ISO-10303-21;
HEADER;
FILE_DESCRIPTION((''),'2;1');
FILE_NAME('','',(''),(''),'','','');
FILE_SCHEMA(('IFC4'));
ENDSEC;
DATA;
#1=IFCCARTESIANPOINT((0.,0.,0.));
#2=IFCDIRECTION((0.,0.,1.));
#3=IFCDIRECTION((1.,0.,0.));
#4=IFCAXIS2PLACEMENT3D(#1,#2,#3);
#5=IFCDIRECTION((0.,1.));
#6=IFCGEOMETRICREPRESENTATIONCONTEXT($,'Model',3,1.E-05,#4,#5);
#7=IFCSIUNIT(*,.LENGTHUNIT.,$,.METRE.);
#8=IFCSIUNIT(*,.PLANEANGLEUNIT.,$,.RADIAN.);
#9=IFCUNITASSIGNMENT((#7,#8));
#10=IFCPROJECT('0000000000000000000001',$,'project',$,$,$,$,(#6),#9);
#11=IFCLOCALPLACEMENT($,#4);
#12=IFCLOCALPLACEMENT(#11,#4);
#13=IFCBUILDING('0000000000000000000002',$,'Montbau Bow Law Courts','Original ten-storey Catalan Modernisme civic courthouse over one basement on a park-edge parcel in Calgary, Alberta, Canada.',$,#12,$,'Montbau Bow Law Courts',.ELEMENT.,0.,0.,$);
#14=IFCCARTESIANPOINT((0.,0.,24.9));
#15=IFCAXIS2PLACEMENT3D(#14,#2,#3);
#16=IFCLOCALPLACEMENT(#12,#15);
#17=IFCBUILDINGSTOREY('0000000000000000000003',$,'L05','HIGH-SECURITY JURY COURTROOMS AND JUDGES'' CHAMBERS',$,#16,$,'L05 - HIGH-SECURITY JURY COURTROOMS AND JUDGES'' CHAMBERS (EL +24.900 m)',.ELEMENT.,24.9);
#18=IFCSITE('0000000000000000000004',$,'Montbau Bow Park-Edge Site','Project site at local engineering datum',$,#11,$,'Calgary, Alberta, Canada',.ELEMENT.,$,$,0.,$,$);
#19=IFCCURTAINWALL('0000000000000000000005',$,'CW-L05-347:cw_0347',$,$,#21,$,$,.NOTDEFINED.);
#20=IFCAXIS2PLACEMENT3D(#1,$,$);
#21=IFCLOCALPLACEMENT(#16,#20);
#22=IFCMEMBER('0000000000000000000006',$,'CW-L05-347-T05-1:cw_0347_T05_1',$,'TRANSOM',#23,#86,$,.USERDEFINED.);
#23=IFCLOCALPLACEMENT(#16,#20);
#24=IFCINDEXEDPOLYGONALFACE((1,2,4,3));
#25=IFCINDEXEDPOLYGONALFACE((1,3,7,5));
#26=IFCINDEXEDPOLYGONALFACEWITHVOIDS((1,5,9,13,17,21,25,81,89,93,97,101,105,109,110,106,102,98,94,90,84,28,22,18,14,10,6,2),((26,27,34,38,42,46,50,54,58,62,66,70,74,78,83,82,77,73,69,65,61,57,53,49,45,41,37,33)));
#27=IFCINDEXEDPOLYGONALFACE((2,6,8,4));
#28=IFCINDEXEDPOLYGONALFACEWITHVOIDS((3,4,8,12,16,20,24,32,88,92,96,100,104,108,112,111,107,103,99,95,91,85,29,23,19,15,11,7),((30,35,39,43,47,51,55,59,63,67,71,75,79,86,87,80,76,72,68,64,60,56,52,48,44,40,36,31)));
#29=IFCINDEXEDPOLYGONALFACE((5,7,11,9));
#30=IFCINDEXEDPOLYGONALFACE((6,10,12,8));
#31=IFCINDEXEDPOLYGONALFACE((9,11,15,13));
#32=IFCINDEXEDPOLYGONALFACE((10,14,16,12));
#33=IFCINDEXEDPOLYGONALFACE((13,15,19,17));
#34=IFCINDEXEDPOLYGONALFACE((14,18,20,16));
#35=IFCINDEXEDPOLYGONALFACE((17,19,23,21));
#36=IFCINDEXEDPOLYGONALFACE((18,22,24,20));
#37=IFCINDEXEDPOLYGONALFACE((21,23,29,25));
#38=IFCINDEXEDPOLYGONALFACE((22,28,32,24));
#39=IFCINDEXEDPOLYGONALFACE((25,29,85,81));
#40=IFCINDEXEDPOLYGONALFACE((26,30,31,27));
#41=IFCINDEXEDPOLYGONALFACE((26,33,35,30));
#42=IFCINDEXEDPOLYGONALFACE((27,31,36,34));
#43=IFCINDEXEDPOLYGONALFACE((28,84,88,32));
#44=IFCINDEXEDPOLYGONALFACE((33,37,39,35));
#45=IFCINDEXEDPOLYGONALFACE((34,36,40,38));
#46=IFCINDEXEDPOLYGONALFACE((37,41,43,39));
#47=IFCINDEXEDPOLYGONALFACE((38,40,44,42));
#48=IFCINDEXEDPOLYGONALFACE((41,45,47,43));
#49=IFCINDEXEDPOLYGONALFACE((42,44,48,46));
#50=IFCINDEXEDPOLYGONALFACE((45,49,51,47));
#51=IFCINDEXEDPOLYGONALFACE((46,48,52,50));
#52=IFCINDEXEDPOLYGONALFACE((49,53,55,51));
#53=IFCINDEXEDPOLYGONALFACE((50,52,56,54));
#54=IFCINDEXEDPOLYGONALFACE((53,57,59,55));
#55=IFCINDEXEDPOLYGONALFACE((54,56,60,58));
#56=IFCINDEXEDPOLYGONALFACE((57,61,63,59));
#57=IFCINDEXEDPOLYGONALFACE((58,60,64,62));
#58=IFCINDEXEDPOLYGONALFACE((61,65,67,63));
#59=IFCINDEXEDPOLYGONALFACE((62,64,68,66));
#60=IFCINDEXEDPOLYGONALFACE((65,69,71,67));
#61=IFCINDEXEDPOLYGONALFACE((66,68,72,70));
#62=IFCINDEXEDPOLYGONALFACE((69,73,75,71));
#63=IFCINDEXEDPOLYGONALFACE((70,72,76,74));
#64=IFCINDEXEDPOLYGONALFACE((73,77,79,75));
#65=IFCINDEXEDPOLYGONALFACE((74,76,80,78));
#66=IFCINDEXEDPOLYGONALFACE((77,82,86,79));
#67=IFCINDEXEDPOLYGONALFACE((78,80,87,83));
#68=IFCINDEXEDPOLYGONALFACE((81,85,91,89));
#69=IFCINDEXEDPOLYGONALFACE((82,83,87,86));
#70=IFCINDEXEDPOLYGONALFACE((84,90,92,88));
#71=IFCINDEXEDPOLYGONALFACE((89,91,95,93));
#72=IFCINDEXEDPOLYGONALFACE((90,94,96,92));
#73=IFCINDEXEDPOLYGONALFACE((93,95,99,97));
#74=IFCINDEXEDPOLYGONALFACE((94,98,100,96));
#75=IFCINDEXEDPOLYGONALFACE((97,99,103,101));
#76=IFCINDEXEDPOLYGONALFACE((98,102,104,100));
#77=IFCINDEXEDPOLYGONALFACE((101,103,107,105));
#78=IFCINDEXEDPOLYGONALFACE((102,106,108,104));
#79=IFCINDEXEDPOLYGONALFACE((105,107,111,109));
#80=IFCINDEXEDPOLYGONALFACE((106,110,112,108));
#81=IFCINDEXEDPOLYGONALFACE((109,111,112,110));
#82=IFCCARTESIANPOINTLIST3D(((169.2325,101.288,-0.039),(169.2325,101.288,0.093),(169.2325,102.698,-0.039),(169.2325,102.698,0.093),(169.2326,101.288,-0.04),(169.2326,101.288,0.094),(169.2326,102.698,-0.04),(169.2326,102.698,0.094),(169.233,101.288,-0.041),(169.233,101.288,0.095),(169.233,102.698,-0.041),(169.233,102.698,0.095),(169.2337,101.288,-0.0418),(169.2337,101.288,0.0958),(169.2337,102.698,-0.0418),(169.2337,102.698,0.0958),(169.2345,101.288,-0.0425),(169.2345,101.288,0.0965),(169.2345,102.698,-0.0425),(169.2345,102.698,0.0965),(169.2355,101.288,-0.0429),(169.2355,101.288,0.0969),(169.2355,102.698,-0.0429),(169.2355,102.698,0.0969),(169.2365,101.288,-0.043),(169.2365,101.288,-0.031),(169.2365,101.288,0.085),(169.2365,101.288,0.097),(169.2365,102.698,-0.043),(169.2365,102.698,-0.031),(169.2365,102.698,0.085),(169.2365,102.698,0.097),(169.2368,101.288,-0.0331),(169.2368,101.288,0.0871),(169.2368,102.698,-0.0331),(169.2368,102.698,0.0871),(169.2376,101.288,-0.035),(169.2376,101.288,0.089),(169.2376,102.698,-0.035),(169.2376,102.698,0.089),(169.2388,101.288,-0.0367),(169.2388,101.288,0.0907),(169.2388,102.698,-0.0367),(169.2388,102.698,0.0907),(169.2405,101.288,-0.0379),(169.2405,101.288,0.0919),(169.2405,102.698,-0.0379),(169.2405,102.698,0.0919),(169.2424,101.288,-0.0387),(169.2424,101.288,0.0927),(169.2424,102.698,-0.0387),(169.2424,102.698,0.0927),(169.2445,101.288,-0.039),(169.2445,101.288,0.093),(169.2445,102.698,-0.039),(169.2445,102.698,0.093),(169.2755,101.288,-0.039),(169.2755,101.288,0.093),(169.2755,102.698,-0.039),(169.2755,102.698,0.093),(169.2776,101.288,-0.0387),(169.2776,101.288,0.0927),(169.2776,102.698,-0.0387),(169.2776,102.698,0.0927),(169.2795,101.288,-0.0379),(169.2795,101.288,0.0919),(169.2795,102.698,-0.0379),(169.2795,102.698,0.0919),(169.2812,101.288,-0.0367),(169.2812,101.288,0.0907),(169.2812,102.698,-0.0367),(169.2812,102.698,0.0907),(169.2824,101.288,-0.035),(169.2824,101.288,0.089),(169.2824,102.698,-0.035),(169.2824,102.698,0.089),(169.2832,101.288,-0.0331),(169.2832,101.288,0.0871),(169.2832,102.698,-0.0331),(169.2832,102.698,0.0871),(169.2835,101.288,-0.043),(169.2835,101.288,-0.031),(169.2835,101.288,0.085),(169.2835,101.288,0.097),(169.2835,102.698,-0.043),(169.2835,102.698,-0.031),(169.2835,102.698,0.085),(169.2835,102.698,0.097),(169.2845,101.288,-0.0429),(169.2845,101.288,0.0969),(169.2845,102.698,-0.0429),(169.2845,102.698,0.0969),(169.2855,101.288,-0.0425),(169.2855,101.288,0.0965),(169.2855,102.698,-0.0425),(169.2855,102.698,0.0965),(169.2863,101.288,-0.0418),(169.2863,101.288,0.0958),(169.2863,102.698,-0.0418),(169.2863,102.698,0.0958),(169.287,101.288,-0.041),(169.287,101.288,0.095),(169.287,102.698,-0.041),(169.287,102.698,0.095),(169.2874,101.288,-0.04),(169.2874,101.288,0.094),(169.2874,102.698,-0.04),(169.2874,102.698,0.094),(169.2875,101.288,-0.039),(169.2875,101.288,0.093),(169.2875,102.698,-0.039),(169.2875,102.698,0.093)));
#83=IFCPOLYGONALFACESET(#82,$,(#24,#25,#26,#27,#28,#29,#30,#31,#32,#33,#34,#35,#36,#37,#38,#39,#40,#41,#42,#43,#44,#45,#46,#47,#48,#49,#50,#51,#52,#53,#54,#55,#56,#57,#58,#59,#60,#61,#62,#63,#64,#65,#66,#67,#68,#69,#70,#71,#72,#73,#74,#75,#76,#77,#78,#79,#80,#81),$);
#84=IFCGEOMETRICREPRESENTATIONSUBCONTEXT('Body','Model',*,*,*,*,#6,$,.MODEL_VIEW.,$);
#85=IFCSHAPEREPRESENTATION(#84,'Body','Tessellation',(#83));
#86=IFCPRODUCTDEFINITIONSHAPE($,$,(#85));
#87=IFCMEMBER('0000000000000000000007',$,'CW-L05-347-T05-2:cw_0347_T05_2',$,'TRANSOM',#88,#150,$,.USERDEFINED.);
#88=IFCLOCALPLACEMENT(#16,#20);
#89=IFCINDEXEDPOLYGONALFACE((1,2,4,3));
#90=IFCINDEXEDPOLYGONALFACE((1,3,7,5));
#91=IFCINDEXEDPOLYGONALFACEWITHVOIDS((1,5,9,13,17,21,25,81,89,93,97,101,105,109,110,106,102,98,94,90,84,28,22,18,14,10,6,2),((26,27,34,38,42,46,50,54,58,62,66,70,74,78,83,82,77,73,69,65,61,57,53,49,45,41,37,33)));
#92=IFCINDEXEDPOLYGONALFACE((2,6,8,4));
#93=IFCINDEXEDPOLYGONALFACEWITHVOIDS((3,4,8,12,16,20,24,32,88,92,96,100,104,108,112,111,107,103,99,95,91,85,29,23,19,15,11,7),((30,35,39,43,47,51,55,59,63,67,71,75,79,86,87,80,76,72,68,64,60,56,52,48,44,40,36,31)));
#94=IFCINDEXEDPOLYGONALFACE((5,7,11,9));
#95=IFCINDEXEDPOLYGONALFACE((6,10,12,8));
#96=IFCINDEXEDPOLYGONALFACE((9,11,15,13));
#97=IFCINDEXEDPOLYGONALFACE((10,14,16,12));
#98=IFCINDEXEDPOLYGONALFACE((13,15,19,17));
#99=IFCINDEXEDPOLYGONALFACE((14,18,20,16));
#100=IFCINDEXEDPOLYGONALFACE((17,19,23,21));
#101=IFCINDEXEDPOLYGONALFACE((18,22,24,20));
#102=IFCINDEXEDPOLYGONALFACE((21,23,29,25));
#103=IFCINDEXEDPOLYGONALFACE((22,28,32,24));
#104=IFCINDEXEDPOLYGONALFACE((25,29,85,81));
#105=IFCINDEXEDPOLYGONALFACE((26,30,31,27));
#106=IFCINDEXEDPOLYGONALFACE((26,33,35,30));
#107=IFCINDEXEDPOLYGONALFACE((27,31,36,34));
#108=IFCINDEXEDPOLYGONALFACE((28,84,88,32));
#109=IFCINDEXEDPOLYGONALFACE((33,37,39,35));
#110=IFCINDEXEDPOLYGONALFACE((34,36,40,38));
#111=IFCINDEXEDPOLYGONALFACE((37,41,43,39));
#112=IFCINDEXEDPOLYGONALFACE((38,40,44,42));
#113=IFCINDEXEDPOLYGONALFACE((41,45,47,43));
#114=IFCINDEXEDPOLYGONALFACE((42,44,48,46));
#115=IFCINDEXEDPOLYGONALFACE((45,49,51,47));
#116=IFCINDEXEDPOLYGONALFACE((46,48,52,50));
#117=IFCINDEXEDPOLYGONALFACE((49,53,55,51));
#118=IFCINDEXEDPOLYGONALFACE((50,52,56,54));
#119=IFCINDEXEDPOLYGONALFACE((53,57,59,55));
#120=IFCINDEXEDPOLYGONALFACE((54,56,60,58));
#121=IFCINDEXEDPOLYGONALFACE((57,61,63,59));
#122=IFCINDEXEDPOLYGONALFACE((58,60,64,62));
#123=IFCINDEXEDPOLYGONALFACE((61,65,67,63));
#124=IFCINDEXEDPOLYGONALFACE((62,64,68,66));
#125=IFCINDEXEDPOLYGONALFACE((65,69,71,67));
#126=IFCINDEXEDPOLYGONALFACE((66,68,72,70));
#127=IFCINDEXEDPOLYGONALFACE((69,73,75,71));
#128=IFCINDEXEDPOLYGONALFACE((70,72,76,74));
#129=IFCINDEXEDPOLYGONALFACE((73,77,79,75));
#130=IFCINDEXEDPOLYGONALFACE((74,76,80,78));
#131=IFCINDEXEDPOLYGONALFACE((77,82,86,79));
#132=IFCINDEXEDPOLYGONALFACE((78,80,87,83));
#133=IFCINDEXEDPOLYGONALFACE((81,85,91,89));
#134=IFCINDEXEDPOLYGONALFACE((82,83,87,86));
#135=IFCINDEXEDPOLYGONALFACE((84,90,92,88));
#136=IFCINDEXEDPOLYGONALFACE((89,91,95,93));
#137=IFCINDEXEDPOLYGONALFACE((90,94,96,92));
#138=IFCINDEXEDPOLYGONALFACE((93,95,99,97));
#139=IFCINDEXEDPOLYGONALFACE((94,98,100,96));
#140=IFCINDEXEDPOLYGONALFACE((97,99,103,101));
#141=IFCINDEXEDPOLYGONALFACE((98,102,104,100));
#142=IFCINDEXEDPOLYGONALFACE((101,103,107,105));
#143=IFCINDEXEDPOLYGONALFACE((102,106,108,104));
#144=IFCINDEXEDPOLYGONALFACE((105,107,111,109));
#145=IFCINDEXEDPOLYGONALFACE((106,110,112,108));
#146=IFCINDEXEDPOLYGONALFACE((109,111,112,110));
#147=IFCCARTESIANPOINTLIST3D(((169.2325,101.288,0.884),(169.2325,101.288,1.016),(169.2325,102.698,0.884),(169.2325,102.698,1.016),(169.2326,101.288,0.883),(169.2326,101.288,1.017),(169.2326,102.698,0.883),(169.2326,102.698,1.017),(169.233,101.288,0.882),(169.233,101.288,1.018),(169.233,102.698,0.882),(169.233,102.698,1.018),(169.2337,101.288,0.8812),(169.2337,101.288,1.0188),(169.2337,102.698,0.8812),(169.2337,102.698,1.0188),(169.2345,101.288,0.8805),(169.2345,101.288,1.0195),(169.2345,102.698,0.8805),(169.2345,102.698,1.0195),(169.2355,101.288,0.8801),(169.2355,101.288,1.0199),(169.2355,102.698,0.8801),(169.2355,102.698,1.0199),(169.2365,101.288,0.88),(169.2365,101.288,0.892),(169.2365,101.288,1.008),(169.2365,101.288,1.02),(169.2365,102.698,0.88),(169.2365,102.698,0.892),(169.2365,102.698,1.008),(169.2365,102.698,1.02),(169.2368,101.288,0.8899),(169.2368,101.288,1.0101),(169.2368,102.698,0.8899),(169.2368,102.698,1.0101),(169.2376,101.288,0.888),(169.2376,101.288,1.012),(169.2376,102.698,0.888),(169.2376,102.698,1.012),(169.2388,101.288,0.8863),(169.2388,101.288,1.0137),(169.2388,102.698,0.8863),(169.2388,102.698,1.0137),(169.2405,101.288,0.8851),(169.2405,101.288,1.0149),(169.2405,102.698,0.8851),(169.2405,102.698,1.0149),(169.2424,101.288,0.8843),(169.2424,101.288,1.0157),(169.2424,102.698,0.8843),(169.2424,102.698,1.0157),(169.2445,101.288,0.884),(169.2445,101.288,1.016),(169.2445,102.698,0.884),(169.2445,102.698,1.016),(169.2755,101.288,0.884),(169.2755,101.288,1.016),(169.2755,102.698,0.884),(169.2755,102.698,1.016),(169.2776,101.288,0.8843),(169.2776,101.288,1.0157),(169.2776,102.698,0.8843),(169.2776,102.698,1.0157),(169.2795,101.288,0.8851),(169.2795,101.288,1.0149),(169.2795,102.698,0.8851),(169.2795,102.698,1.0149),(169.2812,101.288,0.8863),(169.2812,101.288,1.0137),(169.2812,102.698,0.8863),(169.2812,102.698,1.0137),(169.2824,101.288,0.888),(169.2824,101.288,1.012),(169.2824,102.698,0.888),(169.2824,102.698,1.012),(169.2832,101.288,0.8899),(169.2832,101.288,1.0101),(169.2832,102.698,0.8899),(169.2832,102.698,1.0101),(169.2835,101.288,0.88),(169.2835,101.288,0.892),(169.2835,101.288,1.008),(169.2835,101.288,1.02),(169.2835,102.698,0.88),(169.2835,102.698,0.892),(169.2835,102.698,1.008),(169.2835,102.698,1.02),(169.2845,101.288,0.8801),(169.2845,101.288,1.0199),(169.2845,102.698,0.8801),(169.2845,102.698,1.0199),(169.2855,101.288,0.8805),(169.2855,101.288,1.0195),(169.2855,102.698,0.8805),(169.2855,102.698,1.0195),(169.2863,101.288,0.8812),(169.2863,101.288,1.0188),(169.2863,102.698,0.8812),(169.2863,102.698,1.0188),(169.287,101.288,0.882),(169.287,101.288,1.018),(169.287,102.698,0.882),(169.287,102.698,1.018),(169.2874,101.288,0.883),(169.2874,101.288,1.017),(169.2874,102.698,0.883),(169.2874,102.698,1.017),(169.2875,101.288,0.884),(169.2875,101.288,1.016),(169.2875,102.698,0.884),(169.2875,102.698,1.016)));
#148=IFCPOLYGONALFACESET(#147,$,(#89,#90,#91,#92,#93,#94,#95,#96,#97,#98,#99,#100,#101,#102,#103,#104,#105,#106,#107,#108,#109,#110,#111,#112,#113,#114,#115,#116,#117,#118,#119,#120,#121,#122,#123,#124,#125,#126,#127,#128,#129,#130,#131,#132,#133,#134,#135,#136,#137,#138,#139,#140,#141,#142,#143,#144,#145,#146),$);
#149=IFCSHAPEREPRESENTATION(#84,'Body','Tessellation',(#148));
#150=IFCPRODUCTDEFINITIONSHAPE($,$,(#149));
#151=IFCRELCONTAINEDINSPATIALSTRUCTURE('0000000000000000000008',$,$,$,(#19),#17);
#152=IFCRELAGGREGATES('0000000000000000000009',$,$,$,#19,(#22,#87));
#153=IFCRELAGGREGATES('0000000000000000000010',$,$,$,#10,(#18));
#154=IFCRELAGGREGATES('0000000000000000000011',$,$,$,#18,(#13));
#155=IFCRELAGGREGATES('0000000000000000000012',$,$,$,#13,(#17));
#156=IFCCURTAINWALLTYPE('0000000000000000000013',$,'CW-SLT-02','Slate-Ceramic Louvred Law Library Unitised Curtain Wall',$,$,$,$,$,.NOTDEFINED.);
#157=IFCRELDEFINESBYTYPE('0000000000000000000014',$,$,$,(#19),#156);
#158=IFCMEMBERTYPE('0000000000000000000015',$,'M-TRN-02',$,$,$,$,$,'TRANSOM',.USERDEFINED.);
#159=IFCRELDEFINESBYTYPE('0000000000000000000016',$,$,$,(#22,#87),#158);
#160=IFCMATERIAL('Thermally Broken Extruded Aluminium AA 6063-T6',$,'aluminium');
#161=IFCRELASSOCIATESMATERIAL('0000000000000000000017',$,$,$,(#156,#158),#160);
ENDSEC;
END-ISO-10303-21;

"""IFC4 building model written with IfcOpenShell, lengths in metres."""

from ifc_helpers import new_model, si_unit, direction, frame, origin_with_axes, origin_2d_with_axis, place, context, subcontext, project, spatial, hollow_rectangle, extrude, material, material_profile, profile_set, type_object, element, aggregate, save


model = new_model("IFC4")

# Units and contexts
model_context = context("Model", 3, precision=1e-05, world=origin_with_axes(), true_north=direction((0.0, 1.0)))
body_context = subcontext(model_context, "Body", "Model", "MODEL_VIEW")
ifc_project = project(units=[si_unit("LENGTHUNIT", "METRE"), si_unit("PLANEANGLEUNIT", "RADIAN")], contexts=[model_context])

# Site, building, storey
site_placement = place(None, origin_with_axes())
site = spatial("IfcSite", under=ifc_project, at=site_placement, Name="Montbau Bow Park-Edge Site", Description="Project site at local engineering datum", LongName="Calgary, Alberta, Canada", CompositionType="ELEMENT", RefElevation=0.0)
building_placement = place(site_placement, origin_with_axes())
building = spatial("IfcBuilding", under=site, at=building_placement, Name="Montbau Bow Law Courts", Description="Original ten-storey Catalan Modernisme civic courthouse over one basement on a park-edge parcel in Calgary, Alberta, Canada.", LongName="Montbau Bow Law Courts", CompositionType="ELEMENT", ElevationOfRefHeight=0.0, ElevationOfTerrain=0.0)
storey_placement = place(building_placement, frame((0.0, 0.0, 24.9), z_axis=(0.0, 0.0, 1.0), x_axis=(1.0, 0.0, 0.0)))
storey = spatial("IfcBuildingStorey", under=building, at=storey_placement, Name="L05", Description="HIGH-SECURITY JURY COURTROOMS AND JUDGES' CHAMBERS", LongName="L05 - HIGH-SECURITY JURY COURTROOMS AND JUDGES' CHAMBERS (EL +24.900 m)", CompositionType="ELEMENT", Elevation=24.9)

# Shared definitions
ifc_material_1 = material(Name="Thermally Broken Extruded Aluminium AA 6063-T6", Category="aluminium")
curtain_wall_type = type_object("IfcCurtainWallType", Name="CW-SLT-02", Description="Slate-Ceramic Louvred Law Library Unitised Curtain Wall", PredefinedType="NOTDEFINED", material=ifc_material_1)

# Curtain wall
curtain_wall_1_placement = place(None, frame((169.26, 95.24, 24.9), z_axis=(0.0, 0.0, 1.0), x_axis=(1.0, 0.0, 0.0)))
curtain_wall_1 = element("IfcCurtainWall", 1, at=curtain_wall_1_placement, inside=storey, type_object=curtain_wall_type, Name="CW-L05-347:cw_0347", PredefinedType="NOTDEFINED")

# Members
ifc_material_profile_1 = material_profile(ifc_material_1, hollow_rectangle(XDim=0.055, YDim=0.14, WallThickness=0.004, InnerFilletRadius=0.008, OuterFilletRadius=0.004, at=origin_2d_with_axis()), Name="CWT-140X55", Category="Main", Priority=0)
ifc_profile_set_1 = profile_set([ifc_material_profile_1], Name="Thermally Broken Extruded Aluminium AA 6063-T6")
member_type_1 = type_object("IfcMemberType", Name="M-TRN-02", ElementType="TRANSOM", PredefinedType="USERDEFINED", material=ifc_profile_set_1)
member_1_placement = place(None, frame((169.26, 101.288, 24.927), z_axis=(0.0, 1.0, 0.0), x_axis=(-1.0, 0.0, 0.0)))
member_1 = element("IfcMember", 2, at=member_1_placement, type_object=member_type_1, Name="CW-L05-347-T05-1:cw_0347_T05_1", ObjectType="TRANSOM", PredefinedType="USERDEFINED", context=body_context, shape_type="SweptSolid", body=[
    extrude(hollow_rectangle(XDim=0.055, YDim=0.14, WallThickness=0.004, InnerFilletRadius=0.008, OuterFilletRadius=0.004, at=origin_2d_with_axis()), origin_with_axes(), (0.0, 0.0, 1.0), 1.41),
])
member_2_placement = place(None, frame((169.26, 101.288, 25.85), z_axis=(0.0, 1.0, 0.0), x_axis=(-1.0, 0.0, 0.0)))
member_2 = element("IfcMember", 3, at=member_2_placement, type_object=member_type_1, Name="CW-L05-347-T05-2:cw_0347_T05_2", ObjectType="TRANSOM", PredefinedType="USERDEFINED", context=body_context, shape_type="SweptSolid", body=[
    extrude(hollow_rectangle(XDim=0.055, YDim=0.14, WallThickness=0.004, InnerFilletRadius=0.008, OuterFilletRadius=0.004, at=origin_2d_with_axis()), origin_with_axes(), (0.0, 0.0, 1.0), 1.41),
])

aggregate(curtain_wall_1, [member_1, member_2])

save(model, "model.ifc")
